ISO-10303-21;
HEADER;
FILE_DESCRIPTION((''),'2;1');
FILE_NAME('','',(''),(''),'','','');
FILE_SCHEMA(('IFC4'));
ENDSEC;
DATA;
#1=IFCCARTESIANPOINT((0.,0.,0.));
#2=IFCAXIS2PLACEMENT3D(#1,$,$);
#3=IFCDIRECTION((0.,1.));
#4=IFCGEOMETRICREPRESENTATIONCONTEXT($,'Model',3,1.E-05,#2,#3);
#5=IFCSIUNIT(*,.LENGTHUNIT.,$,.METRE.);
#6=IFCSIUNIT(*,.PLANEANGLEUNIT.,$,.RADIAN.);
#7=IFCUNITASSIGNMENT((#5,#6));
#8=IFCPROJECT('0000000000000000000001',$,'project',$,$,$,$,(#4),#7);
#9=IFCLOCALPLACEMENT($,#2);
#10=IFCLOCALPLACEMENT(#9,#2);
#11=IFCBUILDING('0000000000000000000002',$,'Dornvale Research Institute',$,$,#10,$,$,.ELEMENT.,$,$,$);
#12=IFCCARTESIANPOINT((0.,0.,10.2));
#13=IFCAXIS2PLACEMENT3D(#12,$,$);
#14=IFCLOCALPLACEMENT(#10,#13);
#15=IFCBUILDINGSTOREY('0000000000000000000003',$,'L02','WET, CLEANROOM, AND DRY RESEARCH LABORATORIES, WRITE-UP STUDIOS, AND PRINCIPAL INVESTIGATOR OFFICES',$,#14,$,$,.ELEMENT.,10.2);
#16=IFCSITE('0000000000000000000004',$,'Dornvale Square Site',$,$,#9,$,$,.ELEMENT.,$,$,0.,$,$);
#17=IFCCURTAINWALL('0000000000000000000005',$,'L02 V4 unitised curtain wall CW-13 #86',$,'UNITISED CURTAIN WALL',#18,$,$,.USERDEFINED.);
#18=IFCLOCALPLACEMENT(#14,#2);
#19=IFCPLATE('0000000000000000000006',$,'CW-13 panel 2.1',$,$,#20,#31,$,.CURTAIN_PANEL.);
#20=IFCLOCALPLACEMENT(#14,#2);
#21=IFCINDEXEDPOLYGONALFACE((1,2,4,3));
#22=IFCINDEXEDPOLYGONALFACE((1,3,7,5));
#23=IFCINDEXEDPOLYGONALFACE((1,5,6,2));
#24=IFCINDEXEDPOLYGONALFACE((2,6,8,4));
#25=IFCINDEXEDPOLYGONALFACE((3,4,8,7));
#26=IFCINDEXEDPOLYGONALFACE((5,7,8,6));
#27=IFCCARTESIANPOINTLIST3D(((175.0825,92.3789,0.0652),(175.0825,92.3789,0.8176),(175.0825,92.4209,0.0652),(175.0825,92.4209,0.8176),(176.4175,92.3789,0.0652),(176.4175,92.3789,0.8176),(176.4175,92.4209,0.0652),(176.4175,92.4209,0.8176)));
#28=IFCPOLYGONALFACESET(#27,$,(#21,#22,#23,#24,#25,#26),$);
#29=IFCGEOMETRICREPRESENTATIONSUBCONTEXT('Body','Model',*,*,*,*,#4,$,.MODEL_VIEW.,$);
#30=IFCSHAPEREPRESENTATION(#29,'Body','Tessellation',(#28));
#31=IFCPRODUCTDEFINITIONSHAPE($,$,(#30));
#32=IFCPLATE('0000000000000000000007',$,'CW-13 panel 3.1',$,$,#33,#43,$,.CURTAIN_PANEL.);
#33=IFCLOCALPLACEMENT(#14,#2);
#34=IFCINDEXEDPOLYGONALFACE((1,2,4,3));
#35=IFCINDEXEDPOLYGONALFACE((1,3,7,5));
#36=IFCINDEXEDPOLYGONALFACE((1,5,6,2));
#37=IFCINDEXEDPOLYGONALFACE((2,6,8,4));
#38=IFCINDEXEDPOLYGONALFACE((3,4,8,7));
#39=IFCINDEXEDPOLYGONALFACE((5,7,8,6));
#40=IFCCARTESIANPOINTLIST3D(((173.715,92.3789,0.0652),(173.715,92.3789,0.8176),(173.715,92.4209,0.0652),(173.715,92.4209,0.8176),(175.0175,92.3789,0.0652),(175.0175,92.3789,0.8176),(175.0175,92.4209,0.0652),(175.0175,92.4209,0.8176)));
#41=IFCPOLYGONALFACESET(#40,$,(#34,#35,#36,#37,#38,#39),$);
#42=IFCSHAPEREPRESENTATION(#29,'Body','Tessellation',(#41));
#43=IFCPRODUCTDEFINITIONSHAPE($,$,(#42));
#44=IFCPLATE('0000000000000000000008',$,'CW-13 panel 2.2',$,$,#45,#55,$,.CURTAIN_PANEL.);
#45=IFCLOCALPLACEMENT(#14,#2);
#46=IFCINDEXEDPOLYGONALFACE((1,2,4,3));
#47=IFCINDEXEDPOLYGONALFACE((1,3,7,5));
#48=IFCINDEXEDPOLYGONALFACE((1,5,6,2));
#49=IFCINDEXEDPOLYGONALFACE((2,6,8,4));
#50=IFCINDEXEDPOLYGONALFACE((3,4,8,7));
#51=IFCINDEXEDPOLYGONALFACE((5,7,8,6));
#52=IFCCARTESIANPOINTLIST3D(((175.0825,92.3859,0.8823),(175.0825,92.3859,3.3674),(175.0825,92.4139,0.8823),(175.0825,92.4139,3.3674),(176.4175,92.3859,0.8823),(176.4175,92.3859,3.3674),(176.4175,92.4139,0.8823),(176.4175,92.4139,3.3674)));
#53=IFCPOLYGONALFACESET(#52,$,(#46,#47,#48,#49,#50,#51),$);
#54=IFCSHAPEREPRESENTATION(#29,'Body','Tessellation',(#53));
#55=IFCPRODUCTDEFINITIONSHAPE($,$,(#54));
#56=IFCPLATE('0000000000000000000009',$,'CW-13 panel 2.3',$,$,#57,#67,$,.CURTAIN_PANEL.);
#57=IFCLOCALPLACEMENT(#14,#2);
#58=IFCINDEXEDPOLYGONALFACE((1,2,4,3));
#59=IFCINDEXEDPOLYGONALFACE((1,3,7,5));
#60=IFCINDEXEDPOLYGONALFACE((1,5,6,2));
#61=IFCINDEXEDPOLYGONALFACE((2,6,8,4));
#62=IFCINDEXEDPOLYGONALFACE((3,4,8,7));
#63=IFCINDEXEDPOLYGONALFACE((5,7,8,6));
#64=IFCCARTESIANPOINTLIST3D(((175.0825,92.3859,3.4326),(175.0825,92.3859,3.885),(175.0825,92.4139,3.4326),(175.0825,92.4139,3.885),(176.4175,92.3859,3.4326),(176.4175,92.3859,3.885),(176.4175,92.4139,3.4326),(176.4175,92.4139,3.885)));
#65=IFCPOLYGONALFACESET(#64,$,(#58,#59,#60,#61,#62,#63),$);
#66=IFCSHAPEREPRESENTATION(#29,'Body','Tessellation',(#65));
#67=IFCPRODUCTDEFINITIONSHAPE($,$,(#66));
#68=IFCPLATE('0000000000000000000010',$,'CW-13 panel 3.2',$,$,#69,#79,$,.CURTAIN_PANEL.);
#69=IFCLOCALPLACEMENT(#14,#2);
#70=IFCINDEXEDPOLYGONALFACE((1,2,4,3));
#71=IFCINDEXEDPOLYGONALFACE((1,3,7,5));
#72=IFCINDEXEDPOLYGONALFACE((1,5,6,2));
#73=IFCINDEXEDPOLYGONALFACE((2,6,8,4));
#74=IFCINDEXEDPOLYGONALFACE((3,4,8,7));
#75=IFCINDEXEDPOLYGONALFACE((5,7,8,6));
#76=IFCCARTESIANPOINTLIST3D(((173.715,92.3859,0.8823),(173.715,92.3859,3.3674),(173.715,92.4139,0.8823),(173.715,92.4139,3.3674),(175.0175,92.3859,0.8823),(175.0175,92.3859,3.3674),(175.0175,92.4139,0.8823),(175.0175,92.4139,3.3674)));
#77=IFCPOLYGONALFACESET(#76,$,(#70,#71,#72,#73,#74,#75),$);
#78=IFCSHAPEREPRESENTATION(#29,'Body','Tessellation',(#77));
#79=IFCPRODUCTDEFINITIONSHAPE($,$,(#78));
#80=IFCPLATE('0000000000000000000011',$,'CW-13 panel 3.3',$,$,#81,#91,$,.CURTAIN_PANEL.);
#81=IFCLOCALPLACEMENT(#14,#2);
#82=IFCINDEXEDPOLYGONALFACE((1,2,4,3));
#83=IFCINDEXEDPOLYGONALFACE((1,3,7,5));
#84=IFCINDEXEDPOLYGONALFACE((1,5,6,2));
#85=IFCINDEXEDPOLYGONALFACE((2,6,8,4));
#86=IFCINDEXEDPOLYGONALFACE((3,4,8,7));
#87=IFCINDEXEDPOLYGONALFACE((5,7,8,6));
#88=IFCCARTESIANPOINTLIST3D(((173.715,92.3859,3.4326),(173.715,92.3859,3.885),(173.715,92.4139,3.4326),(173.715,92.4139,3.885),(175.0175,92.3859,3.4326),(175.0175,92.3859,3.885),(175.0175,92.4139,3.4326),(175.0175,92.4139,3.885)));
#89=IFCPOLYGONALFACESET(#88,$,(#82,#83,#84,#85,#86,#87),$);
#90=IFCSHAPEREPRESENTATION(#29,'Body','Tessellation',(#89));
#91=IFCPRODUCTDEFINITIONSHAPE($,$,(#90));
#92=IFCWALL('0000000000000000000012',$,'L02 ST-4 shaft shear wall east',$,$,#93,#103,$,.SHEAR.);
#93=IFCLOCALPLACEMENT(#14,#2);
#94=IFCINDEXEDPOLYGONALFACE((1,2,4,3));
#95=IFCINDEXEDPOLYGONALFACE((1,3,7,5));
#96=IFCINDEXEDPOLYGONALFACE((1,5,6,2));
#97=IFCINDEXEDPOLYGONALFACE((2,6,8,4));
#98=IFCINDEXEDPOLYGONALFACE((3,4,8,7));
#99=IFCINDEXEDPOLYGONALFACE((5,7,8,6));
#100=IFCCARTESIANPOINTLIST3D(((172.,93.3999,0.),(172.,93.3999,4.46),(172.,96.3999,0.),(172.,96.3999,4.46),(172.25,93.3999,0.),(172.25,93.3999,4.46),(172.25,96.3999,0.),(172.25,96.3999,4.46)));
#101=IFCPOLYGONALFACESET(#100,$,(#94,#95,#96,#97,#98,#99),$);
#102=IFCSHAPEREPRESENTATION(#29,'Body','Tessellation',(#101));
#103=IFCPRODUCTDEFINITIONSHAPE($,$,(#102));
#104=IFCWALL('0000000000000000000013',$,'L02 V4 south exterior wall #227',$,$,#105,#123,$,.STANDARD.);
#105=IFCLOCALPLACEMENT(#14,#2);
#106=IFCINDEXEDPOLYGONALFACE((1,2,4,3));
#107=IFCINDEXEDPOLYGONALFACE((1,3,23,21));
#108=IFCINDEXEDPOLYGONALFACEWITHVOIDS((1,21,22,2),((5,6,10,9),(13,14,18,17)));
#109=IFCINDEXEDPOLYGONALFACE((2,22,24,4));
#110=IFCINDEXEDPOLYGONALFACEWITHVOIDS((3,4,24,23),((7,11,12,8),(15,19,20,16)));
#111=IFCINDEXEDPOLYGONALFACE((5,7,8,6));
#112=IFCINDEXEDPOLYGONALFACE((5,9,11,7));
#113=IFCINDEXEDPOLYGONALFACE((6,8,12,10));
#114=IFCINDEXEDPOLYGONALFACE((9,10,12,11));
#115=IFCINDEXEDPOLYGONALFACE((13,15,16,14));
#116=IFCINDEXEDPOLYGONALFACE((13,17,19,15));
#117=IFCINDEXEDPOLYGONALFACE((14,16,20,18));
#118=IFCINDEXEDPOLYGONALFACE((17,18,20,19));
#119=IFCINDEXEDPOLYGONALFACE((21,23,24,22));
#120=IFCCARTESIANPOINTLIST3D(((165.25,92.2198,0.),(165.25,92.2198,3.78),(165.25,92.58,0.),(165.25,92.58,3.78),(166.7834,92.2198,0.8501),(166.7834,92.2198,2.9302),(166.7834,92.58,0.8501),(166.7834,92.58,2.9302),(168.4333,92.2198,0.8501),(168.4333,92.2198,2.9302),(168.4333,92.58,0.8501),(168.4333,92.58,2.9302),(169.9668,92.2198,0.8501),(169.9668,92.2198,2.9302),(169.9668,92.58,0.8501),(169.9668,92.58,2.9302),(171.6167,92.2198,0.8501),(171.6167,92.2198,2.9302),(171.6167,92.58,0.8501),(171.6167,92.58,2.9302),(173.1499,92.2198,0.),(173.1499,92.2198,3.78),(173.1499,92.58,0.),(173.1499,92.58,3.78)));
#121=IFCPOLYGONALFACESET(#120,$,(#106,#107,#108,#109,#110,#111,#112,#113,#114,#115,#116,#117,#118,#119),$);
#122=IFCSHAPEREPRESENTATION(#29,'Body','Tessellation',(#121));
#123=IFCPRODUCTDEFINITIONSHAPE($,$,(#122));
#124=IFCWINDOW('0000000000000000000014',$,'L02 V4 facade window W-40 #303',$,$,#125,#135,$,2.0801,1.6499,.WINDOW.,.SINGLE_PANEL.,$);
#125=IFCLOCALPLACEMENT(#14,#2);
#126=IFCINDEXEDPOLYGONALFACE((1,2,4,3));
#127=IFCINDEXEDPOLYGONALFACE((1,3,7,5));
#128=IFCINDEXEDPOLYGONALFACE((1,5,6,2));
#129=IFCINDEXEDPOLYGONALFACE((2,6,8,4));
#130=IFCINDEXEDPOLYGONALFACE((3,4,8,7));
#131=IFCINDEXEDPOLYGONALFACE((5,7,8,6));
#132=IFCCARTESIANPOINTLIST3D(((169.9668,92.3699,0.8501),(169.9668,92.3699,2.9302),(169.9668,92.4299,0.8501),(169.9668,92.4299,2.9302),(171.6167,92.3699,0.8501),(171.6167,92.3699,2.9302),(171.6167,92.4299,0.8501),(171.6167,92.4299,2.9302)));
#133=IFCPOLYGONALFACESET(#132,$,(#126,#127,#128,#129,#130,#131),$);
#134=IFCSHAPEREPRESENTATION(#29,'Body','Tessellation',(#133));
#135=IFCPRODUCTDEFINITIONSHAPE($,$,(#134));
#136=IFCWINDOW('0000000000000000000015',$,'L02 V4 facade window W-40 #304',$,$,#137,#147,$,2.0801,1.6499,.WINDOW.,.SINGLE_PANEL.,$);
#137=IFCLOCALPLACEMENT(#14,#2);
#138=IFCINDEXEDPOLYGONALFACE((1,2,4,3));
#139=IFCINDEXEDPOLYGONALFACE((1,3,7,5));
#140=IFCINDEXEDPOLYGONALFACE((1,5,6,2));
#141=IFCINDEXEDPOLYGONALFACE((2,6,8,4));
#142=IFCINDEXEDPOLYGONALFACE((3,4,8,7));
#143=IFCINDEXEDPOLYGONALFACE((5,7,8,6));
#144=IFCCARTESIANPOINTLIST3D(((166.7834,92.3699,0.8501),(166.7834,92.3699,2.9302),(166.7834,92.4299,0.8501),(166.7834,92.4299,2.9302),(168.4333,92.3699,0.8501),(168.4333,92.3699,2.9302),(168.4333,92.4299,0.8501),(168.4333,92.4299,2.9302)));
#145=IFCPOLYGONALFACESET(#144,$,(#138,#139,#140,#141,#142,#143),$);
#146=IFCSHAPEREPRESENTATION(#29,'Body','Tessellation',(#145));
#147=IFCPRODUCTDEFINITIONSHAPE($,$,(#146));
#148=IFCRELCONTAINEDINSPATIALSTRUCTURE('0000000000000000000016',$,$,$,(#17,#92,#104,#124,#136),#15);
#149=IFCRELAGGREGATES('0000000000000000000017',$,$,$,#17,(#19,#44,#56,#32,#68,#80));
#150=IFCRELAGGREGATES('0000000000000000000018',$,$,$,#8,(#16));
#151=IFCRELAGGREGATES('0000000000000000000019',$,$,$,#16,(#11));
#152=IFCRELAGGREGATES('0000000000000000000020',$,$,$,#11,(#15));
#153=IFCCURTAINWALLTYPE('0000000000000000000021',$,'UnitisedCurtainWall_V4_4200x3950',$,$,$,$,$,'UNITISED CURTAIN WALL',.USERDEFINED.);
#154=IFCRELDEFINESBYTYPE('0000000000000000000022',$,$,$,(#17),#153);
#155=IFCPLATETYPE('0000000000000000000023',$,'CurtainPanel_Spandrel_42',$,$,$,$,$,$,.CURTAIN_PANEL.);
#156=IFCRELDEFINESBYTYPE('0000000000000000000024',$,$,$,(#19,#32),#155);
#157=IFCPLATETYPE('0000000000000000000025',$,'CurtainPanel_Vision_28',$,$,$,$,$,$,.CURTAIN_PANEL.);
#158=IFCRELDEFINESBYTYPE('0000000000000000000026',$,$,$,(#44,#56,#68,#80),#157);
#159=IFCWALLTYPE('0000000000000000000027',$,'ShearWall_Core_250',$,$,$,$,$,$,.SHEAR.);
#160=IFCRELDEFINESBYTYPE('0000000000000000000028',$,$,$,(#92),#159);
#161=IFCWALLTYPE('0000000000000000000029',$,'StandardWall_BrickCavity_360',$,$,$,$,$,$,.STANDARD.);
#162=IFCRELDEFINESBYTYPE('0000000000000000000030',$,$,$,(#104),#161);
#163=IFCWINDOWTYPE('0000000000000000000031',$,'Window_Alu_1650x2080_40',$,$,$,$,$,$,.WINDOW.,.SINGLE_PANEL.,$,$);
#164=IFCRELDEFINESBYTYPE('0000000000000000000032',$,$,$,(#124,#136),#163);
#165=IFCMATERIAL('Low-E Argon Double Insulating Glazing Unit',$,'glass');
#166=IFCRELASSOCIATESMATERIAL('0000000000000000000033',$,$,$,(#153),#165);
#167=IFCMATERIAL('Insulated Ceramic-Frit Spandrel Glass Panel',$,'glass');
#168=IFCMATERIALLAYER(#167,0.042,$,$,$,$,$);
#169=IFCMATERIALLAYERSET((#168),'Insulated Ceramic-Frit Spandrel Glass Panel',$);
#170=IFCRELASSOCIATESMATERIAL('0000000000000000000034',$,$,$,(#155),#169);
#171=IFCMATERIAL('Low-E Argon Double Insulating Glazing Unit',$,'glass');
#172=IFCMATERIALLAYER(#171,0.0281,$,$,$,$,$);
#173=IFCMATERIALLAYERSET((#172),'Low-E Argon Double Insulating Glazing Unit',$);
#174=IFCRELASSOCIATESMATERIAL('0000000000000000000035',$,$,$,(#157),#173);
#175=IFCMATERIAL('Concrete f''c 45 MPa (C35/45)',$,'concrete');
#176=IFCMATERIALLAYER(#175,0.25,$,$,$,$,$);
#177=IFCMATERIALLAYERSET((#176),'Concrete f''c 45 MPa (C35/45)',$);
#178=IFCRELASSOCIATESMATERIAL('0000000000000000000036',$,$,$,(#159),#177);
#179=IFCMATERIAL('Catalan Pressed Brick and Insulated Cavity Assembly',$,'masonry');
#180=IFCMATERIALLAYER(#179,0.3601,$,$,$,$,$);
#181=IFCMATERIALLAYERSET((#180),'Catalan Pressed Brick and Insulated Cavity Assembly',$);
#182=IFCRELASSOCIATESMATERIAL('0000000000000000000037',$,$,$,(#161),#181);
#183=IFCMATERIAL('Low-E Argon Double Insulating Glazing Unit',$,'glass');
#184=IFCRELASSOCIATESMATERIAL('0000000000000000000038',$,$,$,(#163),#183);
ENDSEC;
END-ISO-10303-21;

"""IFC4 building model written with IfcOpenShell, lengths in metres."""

from ifc_helpers import new_model, si_unit, direction, frame, frame_2d, origin, origin_2d, place, context, subcontext, project, spatial, rectangle, extrude, material, layer, layer_set, type_object, element, fill, aggregate, save


model = new_model("IFC4")

# Units and contexts
model_context = context("Model", 3, precision=1e-05, world=origin(), true_north=direction((0.0, 1.0)))
body_context = subcontext(model_context, "Body", "Model", "MODEL_VIEW")
ifc_project = project(units=[si_unit("LENGTHUNIT", "METRE"), si_unit("PLANEANGLEUNIT", "RADIAN")], contexts=[model_context])

# Site, building, storey
site_placement = place(None, origin())
site = spatial("IfcSite", under=ifc_project, at=site_placement, Name="Dornvale Square Site", CompositionType="ELEMENT", RefElevation=0.0)
building_placement = place(site_placement, origin())
building = spatial("IfcBuilding", under=site, at=building_placement, Name="Dornvale Research Institute", CompositionType="ELEMENT")
storey_placement = place(building_placement, frame((0.0, 0.0, 10.2)))
storey = spatial("IfcBuildingStorey", under=building, at=storey_placement, Name="L02", Description="WET, CLEANROOM, AND DRY RESEARCH LABORATORIES, WRITE-UP STUDIOS, AND PRINCIPAL INVESTIGATOR OFFICES", CompositionType="ELEMENT", Elevation=10.2)

# Curtain wall
ifc_material_1 = material(Name="Low-E Argon Double Insulating Glazing Unit", Category="glass")
curtain_wall_type = type_object("IfcCurtainWallType", Name="UnitisedCurtainWall_V4_4200x3950", ElementType="UNITISED CURTAIN WALL", PredefinedType="USERDEFINED", material=ifc_material_1)
curtain_wall_placement = place(storey_placement, origin())
curtain_wall = element("IfcCurtainWall", 1, at=curtain_wall_placement, inside=storey, type_object=curtain_wall_type, Name="L02 V4 unitised curtain wall CW-13 #86", ObjectType="UNITISED CURTAIN WALL", PredefinedType="USERDEFINED")

# Plates
ifc_material_2 = material(Name="Insulated Ceramic-Frit Spandrel Glass Panel", Category="glass")
ifc_layer_1 = layer(ifc_material_2, 0.042)
ifc_layer_set_1 = layer_set([ifc_layer_1], Name="Insulated Ceramic-Frit Spandrel Glass Panel")
plate_type_1 = type_object("IfcPlateType", Name="CurtainPanel_Spandrel_42", PredefinedType="CURTAIN_PANEL", material=ifc_layer_set_1)
plate_1_placement = place(storey_placement, frame((175.75, 92.3999, 0.0652), z_axis=(0.0, 0.0, 1.0), x_axis=(-1.0, 0.0, 0.0)))
plate_1 = element("IfcPlate", 2, at=plate_1_placement, type_object=plate_type_1, Name="CW-13 panel 2.1", PredefinedType="CURTAIN_PANEL", context=body_context, shape_type="SweptSolid", body=[
    extrude(rectangle(XDim=1.335, YDim=0.042, at=origin_2d()), origin(), (0.0, 0.0, 1.0), 0.7524),
])
plate_2_placement = place(storey_placement, frame((174.3662, 92.3999, 0.0652), z_axis=(0.0, 0.0, 1.0), x_axis=(-1.0, 0.0, 0.0)))
plate_2 = element("IfcPlate", 3, at=plate_2_placement, type_object=plate_type_1, Name="CW-13 panel 3.1", PredefinedType="CURTAIN_PANEL", context=body_context, shape_type="SweptSolid", body=[
    extrude(rectangle(XDim=1.3025, YDim=0.042, at=origin_2d()), origin(), (0.0, 0.0, 1.0), 0.7524),
])
ifc_material_3 = material(Name="Low-E Argon Double Insulating Glazing Unit", Category="glass")
ifc_layer_2 = layer(ifc_material_3, 0.0281)
ifc_layer_set_2 = layer_set([ifc_layer_2], Name="Low-E Argon Double Insulating Glazing Unit")
plate_type_2 = type_object("IfcPlateType", Name="CurtainPanel_Vision_28", PredefinedType="CURTAIN_PANEL", material=ifc_layer_set_2)
plate_3_placement = place(storey_placement, frame((175.75, 92.3999, 0.8823), z_axis=(0.0, 0.0, 1.0), x_axis=(-1.0, 0.0, 0.0)))
plate_3 = element("IfcPlate", 4, at=plate_3_placement, type_object=plate_type_2, Name="CW-13 panel 2.2", PredefinedType="CURTAIN_PANEL", context=body_context, shape_type="SweptSolid", body=[
    extrude(rectangle(XDim=1.335, YDim=0.0281, at=origin_2d()), origin(), (0.0, 0.0, 1.0), 2.4851),
])
plate_4_placement = place(storey_placement, frame((175.75, 92.3999, 3.4326), z_axis=(0.0, 0.0, 1.0), x_axis=(-1.0, 0.0, 0.0)))
plate_4 = element("IfcPlate", 5, at=plate_4_placement, type_object=plate_type_2, Name="CW-13 panel 2.3", PredefinedType="CURTAIN_PANEL", context=body_context, shape_type="SweptSolid", body=[
    extrude(rectangle(XDim=1.335, YDim=0.0281, at=origin_2d()), origin(), (0.0, 0.0, 1.0), 0.4524),
])
plate_5_placement = place(storey_placement, frame((174.3662, 92.3999, 0.8823), z_axis=(0.0, 0.0, 1.0), x_axis=(-1.0, 0.0, 0.0)))
plate_5 = element("IfcPlate", 6, at=plate_5_placement, type_object=plate_type_2, Name="CW-13 panel 3.2", PredefinedType="CURTAIN_PANEL", context=body_context, shape_type="SweptSolid", body=[
    extrude(rectangle(XDim=1.3025, YDim=0.0281, at=origin_2d()), origin(), (0.0, 0.0, 1.0), 2.4851),
])
plate_6_placement = place(storey_placement, frame((174.3662, 92.3999, 3.4326), z_axis=(0.0, 0.0, 1.0), x_axis=(-1.0, 0.0, 0.0)))
plate_6 = element("IfcPlate", 7, at=plate_6_placement, type_object=plate_type_2, Name="CW-13 panel 3.3", PredefinedType="CURTAIN_PANEL", context=body_context, shape_type="SweptSolid", body=[
    extrude(rectangle(XDim=1.3025, YDim=0.0281, at=origin_2d()), origin(), (0.0, 0.0, 1.0), 0.4524),
])
aggregate(curtain_wall, [plate_1, plate_3, plate_4, plate_2, plate_5, plate_6])

# Wall
ifc_material_4 = material(Name="Concrete f'c 45 MPa (C35/45)", Category="concrete")
ifc_layer_3 = layer(ifc_material_4, 0.25)
ifc_layer_set_3 = layer_set([ifc_layer_3], Name="Concrete f'c 45 MPa (C35/45)")
wall_type_1 = type_object("IfcWallType", Name="ShearWall_Core_250", PredefinedType="SHEAR", material=ifc_layer_set_3)
wall_1_placement = place(storey_placement, frame((172.125, 93.3999, 0.0), z_axis=(0.0, 0.0, 1.0), x_axis=(0.0, 1.0, 0.0)))
element("IfcWall", 8, at=wall_1_placement, inside=storey, type_object=wall_type_1, Name="L02 ST-4 shaft shear wall east", PredefinedType="SHEAR", context=body_context, shape_type="SweptSolid", body=[
    extrude(rectangle(XDim=3.0, YDim=0.25, at=frame_2d((1.5, 0.0))), origin(), (0.0, 0.0, 1.0), 4.46),
])

# Wall, openings, windows
ifc_material_5 = material(Name="Catalan Pressed Brick and Insulated Cavity Assembly", Category="masonry")
ifc_layer_4 = layer(ifc_material_5, 0.3601)
ifc_layer_set_4 = layer_set([ifc_layer_4], Name="Catalan Pressed Brick and Insulated Cavity Assembly")
wall_type_2 = type_object("IfcWallType", Name="StandardWall_BrickCavity_360", PredefinedType="STANDARD", material=ifc_layer_set_4)
wall_2_placement = place(storey_placement, frame((173.1499, 92.3999, 0.0), z_axis=(0.0, 0.0, 1.0), x_axis=(-1.0, 0.0, 0.0)))
wall_2 = element("IfcWall", 9, at=wall_2_placement, inside=storey, type_object=wall_type_2, Name="L02 V4 south exterior wall #227", PredefinedType="STANDARD", context=body_context, shape_type="SweptSolid", body=[
    extrude(rectangle(XDim=7.8999, YDim=0.3601, at=frame_2d((3.95, 0.0))), origin(), (0.0, 0.0, 1.0), 3.78),
])
opening_1_placement = place(wall_2_placement, frame((1.5332, 0.0, 0.8501)))
opening_1 = element("IfcOpeningElement", 10, at=opening_1_placement, cuts=wall_2, PredefinedType="OPENING", context=body_context, shape_type="SweptSolid", body=[
    extrude(rectangle(XDim=1.6499, YDim=2.0801, at=frame_2d((0.825, 1.04))), frame((0.0, 0.1951, 0.0), z_axis=(0.0, -1.0, 0.0), x_axis=(1.0, 0.0, 0.0)), (0.0, 0.0, 1.0), 0.3901),
])
opening_2_placement = place(wall_2_placement, frame((4.7166, 0.0, 0.8501)))
opening_2 = element("IfcOpeningElement", 11, at=opening_2_placement, cuts=wall_2, PredefinedType="OPENING", context=body_context, shape_type="SweptSolid", body=[
    extrude(rectangle(XDim=1.6499, YDim=2.0801, at=frame_2d((0.825, 1.04))), frame((0.0, 0.1951, 0.0), z_axis=(0.0, -1.0, 0.0), x_axis=(1.0, 0.0, 0.0)), (0.0, 0.0, 1.0), 0.3901),
])
ifc_material_6 = material(Name="Low-E Argon Double Insulating Glazing Unit", Category="glass")
window_type = type_object("IfcWindowType", Name="Window_Alu_1650x2080_40", PartitioningType="SINGLE_PANEL", PredefinedType="WINDOW", material=ifc_material_6)
window_1_placement = place(opening_1_placement, origin())
window_1 = element("IfcWindow", 12, at=window_1_placement, inside=storey, type_object=window_type, Name="L02 V4 facade window W-40 #303", OverallHeight=2.0801, OverallWidth=1.6499, PartitioningType="SINGLE_PANEL", PredefinedType="WINDOW", context=body_context, shape_type="SweptSolid", body=[
    extrude(rectangle(XDim=1.6499, YDim=2.0801, at=frame_2d((0.825, 1.04))), frame((0.0, 0.03, 0.0), z_axis=(0.0, -1.0, 0.0), x_axis=(1.0, 0.0, 0.0)), (0.0, 0.0, 1.0), 0.0601),
])
fill(opening_1, window_1)
window_2_placement = place(opening_2_placement, origin())
window_2 = element("IfcWindow", 13, at=window_2_placement, inside=storey, type_object=window_type, Name="L02 V4 facade window W-40 #304", OverallHeight=2.0801, OverallWidth=1.6499, PartitioningType="SINGLE_PANEL", PredefinedType="WINDOW", context=body_context, shape_type="SweptSolid", body=[
    extrude(rectangle(XDim=1.6499, YDim=2.0801, at=frame_2d((0.825, 1.04))), frame((0.0, 0.03, 0.0), z_axis=(0.0, -1.0, 0.0), x_axis=(1.0, 0.0, 0.0)), (0.0, 0.0, 1.0), 0.0601),
])
fill(opening_2, window_2)

save(model, "model.ifc")
